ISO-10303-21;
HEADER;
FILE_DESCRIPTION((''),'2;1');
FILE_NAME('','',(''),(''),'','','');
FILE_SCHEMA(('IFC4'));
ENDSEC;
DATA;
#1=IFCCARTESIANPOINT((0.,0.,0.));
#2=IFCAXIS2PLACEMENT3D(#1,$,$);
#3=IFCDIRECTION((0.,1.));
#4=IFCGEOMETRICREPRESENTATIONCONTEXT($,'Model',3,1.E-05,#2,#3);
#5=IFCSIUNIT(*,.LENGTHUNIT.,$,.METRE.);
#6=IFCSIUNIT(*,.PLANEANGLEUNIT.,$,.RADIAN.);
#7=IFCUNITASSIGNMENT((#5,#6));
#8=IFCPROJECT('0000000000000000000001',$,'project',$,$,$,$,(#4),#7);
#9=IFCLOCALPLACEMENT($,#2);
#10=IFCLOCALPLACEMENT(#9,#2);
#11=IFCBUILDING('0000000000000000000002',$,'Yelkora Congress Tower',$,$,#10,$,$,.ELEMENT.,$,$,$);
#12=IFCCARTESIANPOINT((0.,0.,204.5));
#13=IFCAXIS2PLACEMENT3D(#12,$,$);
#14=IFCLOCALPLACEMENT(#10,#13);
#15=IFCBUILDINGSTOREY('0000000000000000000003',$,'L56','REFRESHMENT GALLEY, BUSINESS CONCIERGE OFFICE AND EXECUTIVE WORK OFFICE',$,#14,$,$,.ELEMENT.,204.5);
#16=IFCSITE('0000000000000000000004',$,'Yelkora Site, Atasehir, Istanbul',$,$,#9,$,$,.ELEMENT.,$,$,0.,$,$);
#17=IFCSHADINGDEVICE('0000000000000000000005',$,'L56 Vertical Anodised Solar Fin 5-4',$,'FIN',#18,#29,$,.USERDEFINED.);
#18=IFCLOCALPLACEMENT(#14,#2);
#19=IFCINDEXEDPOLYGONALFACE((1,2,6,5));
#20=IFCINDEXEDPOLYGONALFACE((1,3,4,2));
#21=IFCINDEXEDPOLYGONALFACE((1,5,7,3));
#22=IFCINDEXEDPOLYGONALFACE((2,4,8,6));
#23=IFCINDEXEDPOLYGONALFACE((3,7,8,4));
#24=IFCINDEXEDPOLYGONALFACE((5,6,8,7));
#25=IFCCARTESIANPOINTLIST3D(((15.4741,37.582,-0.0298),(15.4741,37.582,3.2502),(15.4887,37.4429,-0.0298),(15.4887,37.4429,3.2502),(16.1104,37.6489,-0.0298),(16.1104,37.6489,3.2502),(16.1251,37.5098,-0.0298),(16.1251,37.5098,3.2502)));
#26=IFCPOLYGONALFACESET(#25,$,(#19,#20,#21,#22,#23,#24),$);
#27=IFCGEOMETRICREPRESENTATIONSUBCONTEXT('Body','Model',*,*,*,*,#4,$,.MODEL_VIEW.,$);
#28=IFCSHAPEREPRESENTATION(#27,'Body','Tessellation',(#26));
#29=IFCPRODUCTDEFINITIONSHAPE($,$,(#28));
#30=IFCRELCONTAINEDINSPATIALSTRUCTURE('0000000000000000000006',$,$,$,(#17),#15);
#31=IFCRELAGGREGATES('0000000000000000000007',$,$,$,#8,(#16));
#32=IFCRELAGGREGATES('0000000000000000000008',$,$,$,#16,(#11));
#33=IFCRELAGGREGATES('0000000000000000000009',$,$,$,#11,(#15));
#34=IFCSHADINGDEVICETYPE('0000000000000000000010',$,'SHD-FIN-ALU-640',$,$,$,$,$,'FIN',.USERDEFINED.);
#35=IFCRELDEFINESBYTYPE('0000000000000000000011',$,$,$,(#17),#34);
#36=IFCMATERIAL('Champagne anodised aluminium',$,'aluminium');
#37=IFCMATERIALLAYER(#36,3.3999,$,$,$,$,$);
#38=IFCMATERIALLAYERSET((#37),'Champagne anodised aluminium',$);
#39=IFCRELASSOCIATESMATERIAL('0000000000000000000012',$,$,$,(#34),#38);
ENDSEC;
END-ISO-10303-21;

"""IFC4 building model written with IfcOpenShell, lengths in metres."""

from ifc_helpers import new_model, si_unit, direction, frame, origin, origin_2d, place, context, subcontext, project, spatial, rectangle, extrude, material, layer, layer_set, type_object, element, save


model = new_model("IFC4")

# Units and contexts
model_context = context("Model", 3, precision=1e-05, world=origin(), true_north=direction((0.0, 1.0)))
body_context = subcontext(model_context, "Body", "Model", "MODEL_VIEW")
ifc_project = project(units=[si_unit("LENGTHUNIT", "METRE"), si_unit("PLANEANGLEUNIT", "RADIAN")], contexts=[model_context])

# Site, building, storey
site_placement = place(None, origin())
site = spatial("IfcSite", under=ifc_project, at=site_placement, Name="Yelkora Site, Atasehir, Istanbul", CompositionType="ELEMENT", RefElevation=0.0)
building_placement = place(site_placement, origin())
building = spatial("IfcBuilding", under=site, at=building_placement, Name="Yelkora Congress Tower", CompositionType="ELEMENT")
storey_placement = place(building_placement, frame((0.0, 0.0, 204.5)))
storey = spatial("IfcBuildingStorey", under=building, at=storey_placement, Name="L56", Description="REFRESHMENT GALLEY, BUSINESS CONCIERGE OFFICE AND EXECUTIVE WORK OFFICE", CompositionType="ELEMENT", Elevation=204.5)

# Shading device
ifc_material_1 = material(Name="Champagne anodised aluminium", Category="aluminium")
ifc_layer_1 = layer(ifc_material_1, 3.3999)
ifc_layer_set_1 = layer_set([ifc_layer_1], Name="Champagne anodised aluminium")
shading_device_type = type_object("IfcShadingDeviceType", Name="SHD-FIN-ALU-640", ElementType="FIN", PredefinedType="USERDEFINED", material=ifc_layer_set_1)
shading_device_placement = place(storey_placement, frame((15.7996, 37.5459, -0.0298), z_axis=(0.0, 0.0, 1.0), x_axis=(-0.104528, 0.994522, 0.0)))
element("IfcShadingDevice", 1, at=shading_device_placement, inside=storey, type_object=shading_device_type, Name="L56 Vertical Anodised Solar Fin 5-4", ObjectType="FIN", PredefinedType="USERDEFINED", context=body_context, shape_type="SweptSolid", body=[
    extrude(rectangle(XDim=0.1399, YDim=0.6399, at=origin_2d()), origin(), (0.0, 0.0, 1.0), 3.28),
])

save(model, "model.ifc")
